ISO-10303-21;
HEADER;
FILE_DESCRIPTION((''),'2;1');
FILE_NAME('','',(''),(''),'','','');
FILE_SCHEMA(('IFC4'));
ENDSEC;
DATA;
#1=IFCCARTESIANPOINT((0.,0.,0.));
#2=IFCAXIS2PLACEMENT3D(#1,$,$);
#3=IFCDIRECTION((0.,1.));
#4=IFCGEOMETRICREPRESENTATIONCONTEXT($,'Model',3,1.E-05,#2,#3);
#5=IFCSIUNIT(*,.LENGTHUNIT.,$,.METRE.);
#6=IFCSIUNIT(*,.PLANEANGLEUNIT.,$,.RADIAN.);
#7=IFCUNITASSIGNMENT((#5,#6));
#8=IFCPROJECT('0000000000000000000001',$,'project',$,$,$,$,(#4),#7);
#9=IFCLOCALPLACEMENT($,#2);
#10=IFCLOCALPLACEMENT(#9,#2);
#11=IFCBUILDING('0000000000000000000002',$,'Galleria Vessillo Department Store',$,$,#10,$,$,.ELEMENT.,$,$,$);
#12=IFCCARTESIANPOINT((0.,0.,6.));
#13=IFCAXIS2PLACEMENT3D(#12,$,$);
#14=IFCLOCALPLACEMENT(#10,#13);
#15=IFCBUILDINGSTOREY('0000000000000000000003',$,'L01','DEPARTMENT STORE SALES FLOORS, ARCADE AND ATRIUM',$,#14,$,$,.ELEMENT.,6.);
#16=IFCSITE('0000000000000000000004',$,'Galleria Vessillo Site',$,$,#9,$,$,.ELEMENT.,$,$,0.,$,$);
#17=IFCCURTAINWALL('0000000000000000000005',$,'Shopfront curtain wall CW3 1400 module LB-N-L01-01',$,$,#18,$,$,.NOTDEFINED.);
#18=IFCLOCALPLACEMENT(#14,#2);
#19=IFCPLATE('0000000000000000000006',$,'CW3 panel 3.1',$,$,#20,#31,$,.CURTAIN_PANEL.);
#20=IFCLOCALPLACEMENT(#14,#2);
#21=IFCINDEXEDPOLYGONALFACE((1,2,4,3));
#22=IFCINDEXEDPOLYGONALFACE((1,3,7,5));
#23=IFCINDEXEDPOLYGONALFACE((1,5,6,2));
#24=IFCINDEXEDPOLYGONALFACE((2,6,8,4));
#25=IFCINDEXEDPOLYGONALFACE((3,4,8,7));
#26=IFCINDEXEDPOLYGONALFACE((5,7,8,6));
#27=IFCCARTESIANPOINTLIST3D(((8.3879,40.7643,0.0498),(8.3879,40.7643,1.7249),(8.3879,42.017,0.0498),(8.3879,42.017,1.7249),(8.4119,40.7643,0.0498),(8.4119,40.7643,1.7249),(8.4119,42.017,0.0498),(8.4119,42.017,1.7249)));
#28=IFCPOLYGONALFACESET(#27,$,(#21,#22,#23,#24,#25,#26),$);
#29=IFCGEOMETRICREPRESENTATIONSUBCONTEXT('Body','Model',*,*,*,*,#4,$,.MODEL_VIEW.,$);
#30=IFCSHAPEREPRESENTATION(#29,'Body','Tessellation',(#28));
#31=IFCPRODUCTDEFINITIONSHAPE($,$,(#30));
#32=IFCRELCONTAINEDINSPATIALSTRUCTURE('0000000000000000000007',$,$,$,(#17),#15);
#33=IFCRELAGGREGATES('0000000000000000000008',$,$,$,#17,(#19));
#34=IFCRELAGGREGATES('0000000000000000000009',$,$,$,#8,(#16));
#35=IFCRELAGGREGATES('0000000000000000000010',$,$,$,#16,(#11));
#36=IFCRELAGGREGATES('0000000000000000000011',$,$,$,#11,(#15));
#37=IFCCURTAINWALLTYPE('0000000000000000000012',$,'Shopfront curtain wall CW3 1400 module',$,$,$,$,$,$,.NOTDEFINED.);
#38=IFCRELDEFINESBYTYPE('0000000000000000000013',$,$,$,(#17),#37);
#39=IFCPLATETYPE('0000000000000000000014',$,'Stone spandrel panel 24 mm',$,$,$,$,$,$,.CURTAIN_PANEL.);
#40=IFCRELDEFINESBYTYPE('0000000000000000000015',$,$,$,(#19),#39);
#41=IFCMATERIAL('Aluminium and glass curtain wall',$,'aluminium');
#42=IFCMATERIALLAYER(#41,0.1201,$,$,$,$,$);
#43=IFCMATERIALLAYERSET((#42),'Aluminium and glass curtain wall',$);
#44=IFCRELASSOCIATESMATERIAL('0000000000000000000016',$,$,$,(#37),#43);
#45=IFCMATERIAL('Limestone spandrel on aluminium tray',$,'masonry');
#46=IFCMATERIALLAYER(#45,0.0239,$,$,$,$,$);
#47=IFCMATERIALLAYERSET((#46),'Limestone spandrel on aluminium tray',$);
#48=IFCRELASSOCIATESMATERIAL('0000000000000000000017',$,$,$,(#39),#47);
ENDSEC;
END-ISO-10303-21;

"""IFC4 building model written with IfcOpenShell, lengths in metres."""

from ifc_helpers import new_model, si_unit, direction, frame, origin, origin_2d, place, context, subcontext, project, spatial, rectangle, extrude, material, layer, layer_set, type_object, element, aggregate, save


model = new_model("IFC4")

# Units and contexts
model_context = context("Model", 3, precision=1e-05, world=origin(), true_north=direction((0.0, 1.0)))
body_context = subcontext(model_context, "Body", "Model", "MODEL_VIEW")
ifc_project = project(units=[si_unit("LENGTHUNIT", "METRE"), si_unit("PLANEANGLEUNIT", "RADIAN")], contexts=[model_context])

# Site, building, storey
site_placement = place(None, origin())
site = spatial("IfcSite", under=ifc_project, at=site_placement, Name="Galleria Vessillo Site", CompositionType="ELEMENT", RefElevation=0.0)
building_placement = place(site_placement, origin())
building = spatial("IfcBuilding", under=site, at=building_placement, Name="Galleria Vessillo Department Store", CompositionType="ELEMENT")
storey_placement = place(building_placement, frame((0.0, 0.0, 6.0)))
storey = spatial("IfcBuildingStorey", under=building, at=storey_placement, Name="L01", Description="DEPARTMENT STORE SALES FLOORS, ARCADE AND ATRIUM", CompositionType="ELEMENT", Elevation=6.0)

# Curtain wall
ifc_material_1 = material(Name="Aluminium and glass curtain wall", Category="aluminium")
ifc_layer_1 = layer(ifc_material_1, 0.1201)
ifc_layer_set_1 = layer_set([ifc_layer_1], Name="Aluminium and glass curtain wall")
curtain_wall_type_1 = type_object("IfcCurtainWallType", Name="Shopfront curtain wall CW3 1400 module", PredefinedType="NOTDEFINED", material=ifc_layer_set_1)
curtain_wall_1_placement = place(storey_placement, origin())
curtain_wall_1 = element("IfcCurtainWall", 1, at=curtain_wall_1_placement, inside=storey, type_object=curtain_wall_type_1, Name="Shopfront curtain wall CW3 1400 module LB-N-L01-01", PredefinedType="NOTDEFINED")

# Plate
ifc_material_2 = material(Name="Limestone spandrel on aluminium tray", Category="masonry")
ifc_layer_2 = layer(ifc_material_2, 0.0239)
ifc_layer_set_2 = layer_set([ifc_layer_2], Name="Limestone spandrel on aluminium tray")
plate_type_1 = type_object("IfcPlateType", Name="Stone spandrel panel 24 mm", PredefinedType="CURTAIN_PANEL", material=ifc_layer_set_2)
plate_1_placement = place(storey_placement, frame((8.3999, 41.3906, 0.0498), z_axis=(0.0, 0.0, 1.0), x_axis=(0.0, 1.0, 0.0)))
plate_1 = element("IfcPlate", 2, at=plate_1_placement, type_object=plate_type_1, Name="CW3 panel 3.1", PredefinedType="CURTAIN_PANEL", context=body_context, shape_type="SweptSolid", body=[
    extrude(rectangle(XDim=1.2527, YDim=0.0239, at=origin_2d()), origin(), (0.0, 0.0, 1.0), 1.675),
])
aggregate(curtain_wall_1, [plate_1])

save(model, "model.ifc")
